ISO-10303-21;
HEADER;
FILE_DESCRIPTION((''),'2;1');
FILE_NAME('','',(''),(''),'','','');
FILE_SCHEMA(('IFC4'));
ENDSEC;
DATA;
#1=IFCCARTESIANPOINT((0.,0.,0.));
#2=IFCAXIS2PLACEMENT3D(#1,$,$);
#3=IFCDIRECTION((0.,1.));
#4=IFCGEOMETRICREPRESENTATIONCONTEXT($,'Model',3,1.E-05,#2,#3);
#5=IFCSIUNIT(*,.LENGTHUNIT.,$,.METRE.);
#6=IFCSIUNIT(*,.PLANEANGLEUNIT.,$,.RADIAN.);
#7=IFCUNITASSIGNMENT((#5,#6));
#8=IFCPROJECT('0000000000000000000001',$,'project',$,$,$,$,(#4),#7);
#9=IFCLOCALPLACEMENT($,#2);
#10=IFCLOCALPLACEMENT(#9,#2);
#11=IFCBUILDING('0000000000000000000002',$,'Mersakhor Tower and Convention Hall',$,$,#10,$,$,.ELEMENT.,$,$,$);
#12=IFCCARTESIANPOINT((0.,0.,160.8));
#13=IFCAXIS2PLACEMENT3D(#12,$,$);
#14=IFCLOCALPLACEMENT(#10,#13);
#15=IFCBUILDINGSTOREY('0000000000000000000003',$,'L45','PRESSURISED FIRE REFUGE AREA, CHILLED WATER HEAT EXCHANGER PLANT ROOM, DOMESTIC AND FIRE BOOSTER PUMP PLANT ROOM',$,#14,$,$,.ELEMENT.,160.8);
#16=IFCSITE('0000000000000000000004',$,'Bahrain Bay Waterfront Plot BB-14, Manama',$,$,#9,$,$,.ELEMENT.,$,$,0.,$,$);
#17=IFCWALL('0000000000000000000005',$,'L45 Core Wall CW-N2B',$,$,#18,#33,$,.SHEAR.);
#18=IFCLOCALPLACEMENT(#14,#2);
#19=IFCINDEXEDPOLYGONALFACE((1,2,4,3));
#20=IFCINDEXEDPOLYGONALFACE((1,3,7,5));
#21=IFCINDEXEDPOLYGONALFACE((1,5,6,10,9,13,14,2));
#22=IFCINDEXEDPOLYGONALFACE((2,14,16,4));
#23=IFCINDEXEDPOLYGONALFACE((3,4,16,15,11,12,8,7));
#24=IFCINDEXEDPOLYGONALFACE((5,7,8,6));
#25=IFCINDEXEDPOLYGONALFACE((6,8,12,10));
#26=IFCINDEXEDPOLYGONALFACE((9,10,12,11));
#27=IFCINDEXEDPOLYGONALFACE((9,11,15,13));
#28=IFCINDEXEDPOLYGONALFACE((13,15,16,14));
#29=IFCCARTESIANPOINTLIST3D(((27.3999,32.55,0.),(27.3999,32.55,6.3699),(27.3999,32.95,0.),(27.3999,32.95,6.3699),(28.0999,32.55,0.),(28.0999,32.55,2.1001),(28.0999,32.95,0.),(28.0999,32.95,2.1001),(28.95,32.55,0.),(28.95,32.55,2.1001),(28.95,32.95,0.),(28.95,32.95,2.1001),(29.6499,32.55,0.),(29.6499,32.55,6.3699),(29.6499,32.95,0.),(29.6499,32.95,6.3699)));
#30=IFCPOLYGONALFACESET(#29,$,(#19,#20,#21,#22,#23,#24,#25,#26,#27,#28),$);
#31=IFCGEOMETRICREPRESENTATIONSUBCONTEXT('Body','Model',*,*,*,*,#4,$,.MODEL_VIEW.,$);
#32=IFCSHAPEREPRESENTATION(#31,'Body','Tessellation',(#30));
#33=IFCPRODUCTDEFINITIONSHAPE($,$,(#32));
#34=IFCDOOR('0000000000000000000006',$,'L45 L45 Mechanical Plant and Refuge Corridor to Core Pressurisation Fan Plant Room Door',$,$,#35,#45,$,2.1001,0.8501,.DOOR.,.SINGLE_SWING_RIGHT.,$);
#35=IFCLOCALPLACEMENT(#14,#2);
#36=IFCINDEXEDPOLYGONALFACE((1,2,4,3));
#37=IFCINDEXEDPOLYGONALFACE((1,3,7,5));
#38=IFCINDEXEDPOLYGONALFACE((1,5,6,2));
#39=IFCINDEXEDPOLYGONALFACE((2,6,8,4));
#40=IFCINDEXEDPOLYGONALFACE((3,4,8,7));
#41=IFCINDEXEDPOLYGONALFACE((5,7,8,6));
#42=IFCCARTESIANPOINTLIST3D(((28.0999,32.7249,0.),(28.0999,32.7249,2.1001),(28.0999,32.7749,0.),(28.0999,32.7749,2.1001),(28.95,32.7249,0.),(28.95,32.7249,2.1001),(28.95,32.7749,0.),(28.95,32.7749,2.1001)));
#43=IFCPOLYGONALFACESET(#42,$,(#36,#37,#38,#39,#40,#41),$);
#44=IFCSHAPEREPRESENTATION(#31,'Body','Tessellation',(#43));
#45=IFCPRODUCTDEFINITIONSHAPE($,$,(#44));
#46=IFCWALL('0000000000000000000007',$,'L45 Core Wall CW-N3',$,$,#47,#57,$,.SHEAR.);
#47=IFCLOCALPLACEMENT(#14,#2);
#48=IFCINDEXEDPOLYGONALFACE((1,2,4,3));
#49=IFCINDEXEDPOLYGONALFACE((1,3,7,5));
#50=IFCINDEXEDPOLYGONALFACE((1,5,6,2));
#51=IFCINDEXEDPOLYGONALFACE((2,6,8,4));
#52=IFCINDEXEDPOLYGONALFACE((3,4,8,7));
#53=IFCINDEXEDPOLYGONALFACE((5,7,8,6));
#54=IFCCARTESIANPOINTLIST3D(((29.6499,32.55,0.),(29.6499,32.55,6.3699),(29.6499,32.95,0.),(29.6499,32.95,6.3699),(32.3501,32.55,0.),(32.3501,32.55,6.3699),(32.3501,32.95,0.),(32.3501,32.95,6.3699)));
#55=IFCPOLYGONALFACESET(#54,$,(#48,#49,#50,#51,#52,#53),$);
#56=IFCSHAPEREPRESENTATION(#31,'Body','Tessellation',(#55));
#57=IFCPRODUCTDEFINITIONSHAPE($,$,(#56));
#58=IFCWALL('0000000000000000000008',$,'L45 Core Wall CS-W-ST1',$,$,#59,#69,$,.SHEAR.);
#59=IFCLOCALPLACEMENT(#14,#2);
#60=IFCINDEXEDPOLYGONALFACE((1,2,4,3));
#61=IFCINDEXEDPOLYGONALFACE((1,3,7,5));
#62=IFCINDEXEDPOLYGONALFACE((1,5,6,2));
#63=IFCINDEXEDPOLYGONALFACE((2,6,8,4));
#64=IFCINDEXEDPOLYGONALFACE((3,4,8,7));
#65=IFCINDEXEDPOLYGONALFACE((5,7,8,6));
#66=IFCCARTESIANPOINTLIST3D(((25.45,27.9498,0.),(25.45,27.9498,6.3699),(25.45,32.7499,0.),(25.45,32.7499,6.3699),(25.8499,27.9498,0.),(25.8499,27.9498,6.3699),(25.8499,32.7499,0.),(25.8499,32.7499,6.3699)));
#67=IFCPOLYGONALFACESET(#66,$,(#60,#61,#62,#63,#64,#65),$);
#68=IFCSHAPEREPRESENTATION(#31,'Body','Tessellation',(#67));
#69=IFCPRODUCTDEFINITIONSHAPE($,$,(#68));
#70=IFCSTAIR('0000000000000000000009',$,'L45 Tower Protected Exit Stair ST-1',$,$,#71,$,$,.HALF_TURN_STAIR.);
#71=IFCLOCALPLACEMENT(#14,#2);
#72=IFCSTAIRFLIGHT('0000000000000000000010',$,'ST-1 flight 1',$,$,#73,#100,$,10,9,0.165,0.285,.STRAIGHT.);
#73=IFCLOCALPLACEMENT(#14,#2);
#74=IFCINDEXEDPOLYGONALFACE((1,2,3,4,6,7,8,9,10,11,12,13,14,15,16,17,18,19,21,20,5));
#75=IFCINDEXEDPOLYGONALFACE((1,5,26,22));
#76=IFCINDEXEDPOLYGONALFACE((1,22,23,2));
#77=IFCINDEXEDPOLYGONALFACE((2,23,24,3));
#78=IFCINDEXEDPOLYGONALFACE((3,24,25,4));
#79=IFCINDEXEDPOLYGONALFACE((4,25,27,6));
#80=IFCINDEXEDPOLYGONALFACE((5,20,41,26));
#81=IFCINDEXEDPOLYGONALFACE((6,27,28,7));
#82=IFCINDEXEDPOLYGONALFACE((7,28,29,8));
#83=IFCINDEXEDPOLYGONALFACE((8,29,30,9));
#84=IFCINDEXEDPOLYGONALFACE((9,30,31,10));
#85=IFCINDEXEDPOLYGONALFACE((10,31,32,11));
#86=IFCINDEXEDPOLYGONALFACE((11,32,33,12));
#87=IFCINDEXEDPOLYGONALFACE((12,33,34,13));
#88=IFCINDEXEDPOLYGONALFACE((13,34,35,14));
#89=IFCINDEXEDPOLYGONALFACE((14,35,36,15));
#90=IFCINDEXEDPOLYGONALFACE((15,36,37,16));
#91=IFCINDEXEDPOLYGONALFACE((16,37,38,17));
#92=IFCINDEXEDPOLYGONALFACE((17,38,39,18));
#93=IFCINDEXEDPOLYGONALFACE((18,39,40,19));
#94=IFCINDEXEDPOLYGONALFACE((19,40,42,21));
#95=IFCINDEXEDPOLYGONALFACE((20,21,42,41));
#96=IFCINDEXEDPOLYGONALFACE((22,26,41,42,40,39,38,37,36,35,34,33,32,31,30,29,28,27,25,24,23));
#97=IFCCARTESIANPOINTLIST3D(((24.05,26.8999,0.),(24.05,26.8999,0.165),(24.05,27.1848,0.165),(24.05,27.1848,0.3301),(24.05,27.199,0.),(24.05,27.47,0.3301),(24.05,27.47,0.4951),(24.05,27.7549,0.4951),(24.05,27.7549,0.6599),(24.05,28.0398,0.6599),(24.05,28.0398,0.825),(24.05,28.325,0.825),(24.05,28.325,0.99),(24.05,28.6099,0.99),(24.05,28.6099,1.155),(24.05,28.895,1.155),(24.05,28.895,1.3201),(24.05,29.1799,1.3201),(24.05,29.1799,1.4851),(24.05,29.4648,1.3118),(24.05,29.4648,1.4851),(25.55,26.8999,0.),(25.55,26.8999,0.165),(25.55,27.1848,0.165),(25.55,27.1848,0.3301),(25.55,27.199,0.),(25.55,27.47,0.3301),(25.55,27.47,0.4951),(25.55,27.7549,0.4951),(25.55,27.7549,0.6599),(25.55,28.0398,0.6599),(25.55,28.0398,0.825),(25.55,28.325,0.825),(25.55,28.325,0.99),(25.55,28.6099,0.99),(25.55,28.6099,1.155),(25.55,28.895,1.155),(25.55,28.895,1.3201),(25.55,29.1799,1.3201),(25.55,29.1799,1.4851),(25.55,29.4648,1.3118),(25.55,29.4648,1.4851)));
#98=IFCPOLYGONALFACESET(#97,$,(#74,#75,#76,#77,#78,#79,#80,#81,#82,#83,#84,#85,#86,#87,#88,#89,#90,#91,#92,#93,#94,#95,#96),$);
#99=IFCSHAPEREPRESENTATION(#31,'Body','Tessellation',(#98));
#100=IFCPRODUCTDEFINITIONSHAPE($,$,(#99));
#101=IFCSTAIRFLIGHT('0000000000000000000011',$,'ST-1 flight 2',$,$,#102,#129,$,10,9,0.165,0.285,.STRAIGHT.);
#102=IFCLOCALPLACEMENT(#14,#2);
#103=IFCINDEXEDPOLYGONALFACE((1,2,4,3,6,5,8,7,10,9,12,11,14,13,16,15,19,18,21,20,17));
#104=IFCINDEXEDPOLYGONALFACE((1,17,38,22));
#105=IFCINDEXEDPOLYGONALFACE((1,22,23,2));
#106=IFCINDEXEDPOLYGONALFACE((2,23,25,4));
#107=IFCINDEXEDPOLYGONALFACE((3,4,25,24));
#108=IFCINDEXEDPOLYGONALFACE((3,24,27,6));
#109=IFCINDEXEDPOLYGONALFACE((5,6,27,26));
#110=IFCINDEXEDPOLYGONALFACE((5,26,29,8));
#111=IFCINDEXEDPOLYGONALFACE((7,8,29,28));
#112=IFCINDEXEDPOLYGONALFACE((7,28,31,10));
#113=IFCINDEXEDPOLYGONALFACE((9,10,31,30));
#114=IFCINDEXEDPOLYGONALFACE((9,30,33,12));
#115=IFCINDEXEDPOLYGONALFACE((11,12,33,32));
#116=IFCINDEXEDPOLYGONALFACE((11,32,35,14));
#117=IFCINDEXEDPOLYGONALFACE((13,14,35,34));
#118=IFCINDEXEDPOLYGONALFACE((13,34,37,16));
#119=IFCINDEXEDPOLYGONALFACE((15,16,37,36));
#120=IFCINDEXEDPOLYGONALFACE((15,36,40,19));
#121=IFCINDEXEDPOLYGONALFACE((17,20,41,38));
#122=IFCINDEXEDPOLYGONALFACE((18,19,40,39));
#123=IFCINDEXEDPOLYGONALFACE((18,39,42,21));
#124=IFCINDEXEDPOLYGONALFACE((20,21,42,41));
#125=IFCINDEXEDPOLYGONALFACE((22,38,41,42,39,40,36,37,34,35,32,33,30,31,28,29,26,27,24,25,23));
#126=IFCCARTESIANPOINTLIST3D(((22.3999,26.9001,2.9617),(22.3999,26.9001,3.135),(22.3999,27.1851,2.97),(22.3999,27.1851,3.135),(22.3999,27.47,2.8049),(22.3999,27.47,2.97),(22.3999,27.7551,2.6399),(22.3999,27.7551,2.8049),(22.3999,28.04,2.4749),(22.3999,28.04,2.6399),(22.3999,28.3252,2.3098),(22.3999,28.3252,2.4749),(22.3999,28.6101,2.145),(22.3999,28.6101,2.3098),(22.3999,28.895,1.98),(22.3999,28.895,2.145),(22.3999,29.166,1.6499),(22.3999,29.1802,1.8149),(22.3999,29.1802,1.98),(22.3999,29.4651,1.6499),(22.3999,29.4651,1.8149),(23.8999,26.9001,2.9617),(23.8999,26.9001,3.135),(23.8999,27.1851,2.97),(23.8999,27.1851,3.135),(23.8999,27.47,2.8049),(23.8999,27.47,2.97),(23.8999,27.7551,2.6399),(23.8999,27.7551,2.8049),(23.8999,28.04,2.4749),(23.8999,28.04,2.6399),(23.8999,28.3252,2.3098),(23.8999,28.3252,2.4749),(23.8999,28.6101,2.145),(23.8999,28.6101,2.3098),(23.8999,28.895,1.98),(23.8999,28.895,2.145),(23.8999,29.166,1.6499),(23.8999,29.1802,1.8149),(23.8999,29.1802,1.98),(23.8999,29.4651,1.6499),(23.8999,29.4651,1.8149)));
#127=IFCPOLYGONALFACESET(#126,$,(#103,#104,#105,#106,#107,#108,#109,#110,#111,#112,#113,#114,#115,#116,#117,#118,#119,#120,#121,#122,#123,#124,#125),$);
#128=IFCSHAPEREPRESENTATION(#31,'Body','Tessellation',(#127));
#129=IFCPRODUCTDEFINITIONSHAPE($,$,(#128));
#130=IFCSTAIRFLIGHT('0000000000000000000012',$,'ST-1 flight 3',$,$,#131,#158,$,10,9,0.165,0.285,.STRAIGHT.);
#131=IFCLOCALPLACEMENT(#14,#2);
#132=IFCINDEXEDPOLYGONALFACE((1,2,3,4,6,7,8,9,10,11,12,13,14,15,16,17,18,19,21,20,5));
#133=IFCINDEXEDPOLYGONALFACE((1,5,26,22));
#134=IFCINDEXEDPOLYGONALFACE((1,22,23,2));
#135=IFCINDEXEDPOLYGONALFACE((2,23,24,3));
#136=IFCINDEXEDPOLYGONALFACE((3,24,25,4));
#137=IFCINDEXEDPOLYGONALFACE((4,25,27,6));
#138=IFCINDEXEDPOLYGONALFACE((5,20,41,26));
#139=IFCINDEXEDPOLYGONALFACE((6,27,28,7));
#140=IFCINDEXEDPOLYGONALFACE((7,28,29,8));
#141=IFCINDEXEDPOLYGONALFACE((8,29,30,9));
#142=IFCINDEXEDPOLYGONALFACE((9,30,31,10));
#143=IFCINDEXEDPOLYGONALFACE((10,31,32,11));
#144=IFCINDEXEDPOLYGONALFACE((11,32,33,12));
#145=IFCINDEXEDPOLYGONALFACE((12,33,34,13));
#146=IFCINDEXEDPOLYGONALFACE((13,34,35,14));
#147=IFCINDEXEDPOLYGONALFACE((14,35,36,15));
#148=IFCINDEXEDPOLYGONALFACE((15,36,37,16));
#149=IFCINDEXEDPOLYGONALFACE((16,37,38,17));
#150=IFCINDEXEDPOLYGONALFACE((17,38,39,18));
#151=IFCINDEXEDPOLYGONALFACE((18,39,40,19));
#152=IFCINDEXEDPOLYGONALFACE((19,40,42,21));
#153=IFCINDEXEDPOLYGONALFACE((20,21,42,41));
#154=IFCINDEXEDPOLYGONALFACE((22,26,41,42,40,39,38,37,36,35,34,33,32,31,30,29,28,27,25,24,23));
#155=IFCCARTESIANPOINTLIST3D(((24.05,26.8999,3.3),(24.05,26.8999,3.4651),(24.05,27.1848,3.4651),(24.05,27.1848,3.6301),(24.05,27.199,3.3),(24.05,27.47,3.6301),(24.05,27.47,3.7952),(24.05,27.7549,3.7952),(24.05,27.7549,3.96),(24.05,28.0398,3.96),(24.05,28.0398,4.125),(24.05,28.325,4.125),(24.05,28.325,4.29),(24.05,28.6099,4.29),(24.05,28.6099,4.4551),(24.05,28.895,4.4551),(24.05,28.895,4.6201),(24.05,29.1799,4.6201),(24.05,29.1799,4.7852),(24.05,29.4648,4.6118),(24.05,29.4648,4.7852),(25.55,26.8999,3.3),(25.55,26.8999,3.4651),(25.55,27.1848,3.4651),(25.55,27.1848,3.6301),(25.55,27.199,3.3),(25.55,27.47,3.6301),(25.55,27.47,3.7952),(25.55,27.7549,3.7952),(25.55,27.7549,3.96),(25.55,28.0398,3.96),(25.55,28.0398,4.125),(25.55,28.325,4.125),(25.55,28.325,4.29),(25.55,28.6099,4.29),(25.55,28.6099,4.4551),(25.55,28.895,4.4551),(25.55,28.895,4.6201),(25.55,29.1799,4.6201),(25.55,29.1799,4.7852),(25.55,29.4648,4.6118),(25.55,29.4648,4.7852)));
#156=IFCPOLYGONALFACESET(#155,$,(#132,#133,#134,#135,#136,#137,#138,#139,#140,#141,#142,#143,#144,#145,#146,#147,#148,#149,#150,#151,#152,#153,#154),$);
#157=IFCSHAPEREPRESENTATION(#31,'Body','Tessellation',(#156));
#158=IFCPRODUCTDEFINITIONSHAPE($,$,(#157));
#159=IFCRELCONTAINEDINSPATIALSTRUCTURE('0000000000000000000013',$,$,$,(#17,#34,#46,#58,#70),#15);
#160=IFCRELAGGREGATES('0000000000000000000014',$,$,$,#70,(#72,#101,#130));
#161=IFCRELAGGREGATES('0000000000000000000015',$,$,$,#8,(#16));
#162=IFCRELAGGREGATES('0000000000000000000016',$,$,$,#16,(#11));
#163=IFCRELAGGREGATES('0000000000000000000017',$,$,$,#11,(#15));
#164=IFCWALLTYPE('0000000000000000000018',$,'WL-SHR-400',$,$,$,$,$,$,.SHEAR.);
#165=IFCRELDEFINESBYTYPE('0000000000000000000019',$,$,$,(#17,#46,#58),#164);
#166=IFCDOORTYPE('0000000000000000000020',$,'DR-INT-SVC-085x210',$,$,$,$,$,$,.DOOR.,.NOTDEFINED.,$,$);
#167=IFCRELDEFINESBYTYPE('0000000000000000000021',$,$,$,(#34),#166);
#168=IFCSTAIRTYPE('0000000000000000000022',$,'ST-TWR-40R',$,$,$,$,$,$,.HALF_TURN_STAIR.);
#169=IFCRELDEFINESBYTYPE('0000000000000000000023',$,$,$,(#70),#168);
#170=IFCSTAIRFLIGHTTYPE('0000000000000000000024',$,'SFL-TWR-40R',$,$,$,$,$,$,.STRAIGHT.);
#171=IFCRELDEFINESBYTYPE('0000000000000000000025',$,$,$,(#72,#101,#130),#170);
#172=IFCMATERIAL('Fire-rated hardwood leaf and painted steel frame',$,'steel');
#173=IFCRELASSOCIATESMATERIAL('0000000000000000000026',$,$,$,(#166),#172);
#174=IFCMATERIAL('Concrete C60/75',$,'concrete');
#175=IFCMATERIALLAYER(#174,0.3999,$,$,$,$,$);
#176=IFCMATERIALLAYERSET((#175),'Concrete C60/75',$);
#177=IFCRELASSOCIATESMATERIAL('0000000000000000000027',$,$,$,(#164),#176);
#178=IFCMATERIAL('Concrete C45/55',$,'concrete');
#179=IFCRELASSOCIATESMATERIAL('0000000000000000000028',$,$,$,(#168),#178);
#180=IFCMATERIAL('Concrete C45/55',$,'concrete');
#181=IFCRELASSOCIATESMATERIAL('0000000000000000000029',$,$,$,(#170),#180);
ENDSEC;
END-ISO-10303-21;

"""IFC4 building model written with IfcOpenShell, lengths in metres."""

from ifc_helpers import new_model, si_unit, direction, frame, frame_2d, origin, place, context, subcontext, project, spatial, polyline, rectangle, outline, extrude, material, layer, layer_set, type_object, element, fill, aggregate, save


model = new_model("IFC4")

# Units and contexts
model_context = context("Model", 3, precision=1e-05, world=origin(), true_north=direction((0.0, 1.0)))
body_context = subcontext(model_context, "Body", "Model", "MODEL_VIEW")
ifc_project = project(units=[si_unit("LENGTHUNIT", "METRE"), si_unit("PLANEANGLEUNIT", "RADIAN")], contexts=[model_context])

# Site, building, storey
site_placement = place(None, origin())
site = spatial("IfcSite", under=ifc_project, at=site_placement, Name="Bahrain Bay Waterfront Plot BB-14, Manama", CompositionType="ELEMENT", RefElevation=0.0)
building_placement = place(site_placement, origin())
building = spatial("IfcBuilding", under=site, at=building_placement, Name="Mersakhor Tower and Convention Hall", CompositionType="ELEMENT")
storey_placement = place(building_placement, frame((0.0, 0.0, 160.8)))
storey = spatial("IfcBuildingStorey", under=building, at=storey_placement, Name="L45", Description="PRESSURISED FIRE REFUGE AREA, CHILLED WATER HEAT EXCHANGER PLANT ROOM, DOMESTIC AND FIRE BOOSTER PUMP PLANT ROOM", CompositionType="ELEMENT", Elevation=160.8)

# Shared definitions
ifc_material_1 = material(Name="Fire-rated hardwood leaf and painted steel frame", Category="steel")
door_type_1 = type_object("IfcDoorType", Name="DR-INT-SVC-085x210", OperationType="NOTDEFINED", PredefinedType="DOOR", material=ifc_material_1)

# Wall, opening, door
ifc_material_2 = material(Name="Concrete C60/75", Category="concrete")
ifc_layer_1 = layer(ifc_material_2, 0.3999)
ifc_layer_set_1 = layer_set([ifc_layer_1], Name="Concrete C60/75")
wall_type_1 = type_object("IfcWallType", Name="WL-SHR-400", PredefinedType="SHEAR", material=ifc_layer_set_1)
wall_1_placement = place(storey_placement, frame((27.3999, 32.75, 0.0), z_axis=(0.0, 0.0, 1.0), x_axis=(1.0, 0.0, 0.0)))
wall_1 = element("IfcWall", 1, at=wall_1_placement, inside=storey, type_object=wall_type_1, Name="L45 Core Wall CW-N2B", PredefinedType="SHEAR", context=body_context, shape_type="SweptSolid", body=[
    extrude(rectangle(XDim=2.25, YDim=0.3999, at=frame_2d((1.125, 0.0))), origin(), (0.0, 0.0, 1.0), 6.3699),
])
opening_1_placement = place(wall_1_placement, frame((0.7, 0.0, 0.0)))
opening_1 = element("IfcOpeningElement", 2, at=opening_1_placement, cuts=wall_1, PredefinedType="OPENING", context=body_context, shape_type="SweptSolid", body=[
    extrude(rectangle(XDim=0.8501, YDim=2.1001, at=frame_2d((0.425, 1.05))), frame((0.0, 0.21, 0.0), z_axis=(0.0, -1.0, 0.0), x_axis=(1.0, 0.0, 0.0)), (0.0, 0.0, 1.0), 0.4199),
])
door_1_placement = place(opening_1_placement, origin())
door_1 = element("IfcDoor", 3, at=door_1_placement, inside=storey, type_object=door_type_1, Name="L45 L45 Mechanical Plant and Refuge Corridor to Core Pressurisation Fan Plant Room Door", OperationType="SINGLE_SWING_RIGHT", OverallHeight=2.1001, OverallWidth=0.8501, PredefinedType="DOOR", context=body_context, shape_type="SweptSolid", body=[
    extrude(rectangle(XDim=0.8501, YDim=2.1001, at=frame_2d((0.425, 1.05))), frame((0.0, 0.0249, 0.0), z_axis=(0.0, -1.0, 0.0), x_axis=(1.0, 0.0, 0.0)), (0.0, 0.0, 1.0), 0.05),
])
fill(opening_1, door_1)

# Walls
wall_2_placement = place(storey_placement, frame((29.6499, 32.75, 0.0), z_axis=(0.0, 0.0, 1.0), x_axis=(1.0, 0.0, 0.0)))
element("IfcWall", 4, at=wall_2_placement, inside=storey, type_object=wall_type_1, Name="L45 Core Wall CW-N3", PredefinedType="SHEAR", context=body_context, shape_type="SweptSolid", body=[
    extrude(rectangle(XDim=2.7002, YDim=0.3999, at=frame_2d((1.3501, 0.0))), origin(), (0.0, 0.0, 1.0), 6.3699),
])
wall_3_placement = place(storey_placement, frame((25.6499, 27.95, 0.0), z_axis=(0.0, 0.0, 1.0), x_axis=(0.0, 1.0, 0.0)))
element("IfcWall", 5, at=wall_3_placement, inside=storey, type_object=wall_type_1, Name="L45 Core Wall CS-W-ST1", PredefinedType="SHEAR", context=body_context, shape_type="SweptSolid", body=[
    extrude(rectangle(XDim=4.8, YDim=0.3999, at=frame_2d((2.3999, 0.0))), origin(), (0.0, 0.0, 1.0), 6.3699),
])

# Stair, stair flights
ifc_material_3 = material(Name="Concrete C45/55", Category="concrete")
stair_type = type_object("IfcStairType", Name="ST-TWR-40R", PredefinedType="HALF_TURN_STAIR", material=ifc_material_3)
stair_placement = place(storey_placement, origin())
stair = element("IfcStair", 6, at=stair_placement, inside=storey, type_object=stair_type, Name="L45 Tower Protected Exit Stair ST-1", PredefinedType="HALF_TURN_STAIR")
ifc_material_4 = material(Name="Concrete C45/55", Category="concrete")
stair_flight_type = type_object("IfcStairFlightType", Name="SFL-TWR-40R", PredefinedType="STRAIGHT", material=ifc_material_4)
stair_flight_1_placement = place(storey_placement, frame((24.8, 26.8999, 0.0), z_axis=(0.0, 0.0, 1.0), x_axis=(0.0, 1.0, 0.0)))
stair_flight_1 = element("IfcStairFlight", 7, at=stair_flight_1_placement, type_object=stair_flight_type, Name="ST-1 flight 1", NumberOfRisers=10, NumberOfTreads=9, PredefinedType="STRAIGHT", RiserHeight=0.165, TreadLength=0.285, context=body_context, shape_type="SweptSolid", body=[
    extrude(outline(polyline([(0.0, 0.0), (0.0, 0.165), (0.2849, 0.165), (0.2849, 0.3301), (0.5701, 0.3301), (0.5701, 0.4951), (0.855, 0.4951), (0.855, 0.6599), (1.1399, 0.6599), (1.1399, 0.825), (1.425, 0.825), (1.425, 0.99), (1.71, 0.99), (1.71, 1.155), (1.9951, 1.155), (1.9951, 1.3201), (2.28, 1.3201), (2.28, 1.4851), (2.5649, 1.4851), (2.5649, 1.6499), (2.5649, 1.3118), (0.2991, 0.0), (0.0, 0.0)])), frame((0.0, 0.75, 0.0), z_axis=(0.0, -1.0, 0.0), x_axis=(1.0, 0.0, 0.0)), (0.0, 0.0, 1.0), 1.5),
])
stair_flight_2_placement = place(storey_placement, frame((23.1499, 29.4651, 1.6499), z_axis=(0.0, 0.0, 1.0), x_axis=(0.0, -1.0, 0.0)))
stair_flight_2 = element("IfcStairFlight", 8, at=stair_flight_2_placement, type_object=stair_flight_type, Name="ST-1 flight 2", NumberOfRisers=10, NumberOfTreads=9, PredefinedType="STRAIGHT", RiserHeight=0.165, TreadLength=0.285, context=body_context, shape_type="SweptSolid", body=[
    extrude(outline(polyline([(0.0, 0.0), (0.0, 0.165), (0.2849, 0.165), (0.2849, 0.3301), (0.5701, 0.3301), (0.5701, 0.4951), (0.855, 0.4951), (0.855, 0.6599), (1.1399, 0.6599), (1.1399, 0.825), (1.425, 0.825), (1.425, 0.99), (1.71, 0.99), (1.71, 1.155), (1.9951, 1.155), (1.9951, 1.3201), (2.28, 1.3201), (2.28, 1.4851), (2.5649, 1.4851), (2.5649, 1.6499), (2.5649, 1.3118), (0.2991, 0.0), (0.0, 0.0)])), frame((0.0, 0.75, 0.0), z_axis=(0.0, -1.0, 0.0), x_axis=(1.0, 0.0, 0.0)), (0.0, 0.0, 1.0), 1.5),
])
stair_flight_3_placement = place(storey_placement, frame((24.8, 26.8999, 3.3), z_axis=(0.0, 0.0, 1.0), x_axis=(0.0, 1.0, 0.0)))
stair_flight_3 = element("IfcStairFlight", 9, at=stair_flight_3_placement, type_object=stair_flight_type, Name="ST-1 flight 3", NumberOfRisers=10, NumberOfTreads=9, PredefinedType="STRAIGHT", RiserHeight=0.165, TreadLength=0.285, context=body_context, shape_type="SweptSolid", body=[
    extrude(outline(polyline([(0.0, 0.0), (0.0, 0.165), (0.2849, 0.165), (0.2849, 0.3301), (0.5701, 0.3301), (0.5701, 0.4951), (0.855, 0.4951), (0.855, 0.6599), (1.1399, 0.6599), (1.1399, 0.825), (1.425, 0.825), (1.425, 0.99), (1.71, 0.99), (1.71, 1.155), (1.9951, 1.155), (1.9951, 1.3201), (2.28, 1.3201), (2.28, 1.4851), (2.5649, 1.4851), (2.5649, 1.6499), (2.5649, 1.3118), (0.2991, 0.0), (0.0, 0.0)])), frame((0.0, 0.75, 0.0), z_axis=(0.0, -1.0, 0.0), x_axis=(1.0, 0.0, 0.0)), (0.0, 0.0, 1.0), 1.5),
])
aggregate(stair, [stair_flight_1, stair_flight_2, stair_flight_3])

save(model, "model.ifc")
